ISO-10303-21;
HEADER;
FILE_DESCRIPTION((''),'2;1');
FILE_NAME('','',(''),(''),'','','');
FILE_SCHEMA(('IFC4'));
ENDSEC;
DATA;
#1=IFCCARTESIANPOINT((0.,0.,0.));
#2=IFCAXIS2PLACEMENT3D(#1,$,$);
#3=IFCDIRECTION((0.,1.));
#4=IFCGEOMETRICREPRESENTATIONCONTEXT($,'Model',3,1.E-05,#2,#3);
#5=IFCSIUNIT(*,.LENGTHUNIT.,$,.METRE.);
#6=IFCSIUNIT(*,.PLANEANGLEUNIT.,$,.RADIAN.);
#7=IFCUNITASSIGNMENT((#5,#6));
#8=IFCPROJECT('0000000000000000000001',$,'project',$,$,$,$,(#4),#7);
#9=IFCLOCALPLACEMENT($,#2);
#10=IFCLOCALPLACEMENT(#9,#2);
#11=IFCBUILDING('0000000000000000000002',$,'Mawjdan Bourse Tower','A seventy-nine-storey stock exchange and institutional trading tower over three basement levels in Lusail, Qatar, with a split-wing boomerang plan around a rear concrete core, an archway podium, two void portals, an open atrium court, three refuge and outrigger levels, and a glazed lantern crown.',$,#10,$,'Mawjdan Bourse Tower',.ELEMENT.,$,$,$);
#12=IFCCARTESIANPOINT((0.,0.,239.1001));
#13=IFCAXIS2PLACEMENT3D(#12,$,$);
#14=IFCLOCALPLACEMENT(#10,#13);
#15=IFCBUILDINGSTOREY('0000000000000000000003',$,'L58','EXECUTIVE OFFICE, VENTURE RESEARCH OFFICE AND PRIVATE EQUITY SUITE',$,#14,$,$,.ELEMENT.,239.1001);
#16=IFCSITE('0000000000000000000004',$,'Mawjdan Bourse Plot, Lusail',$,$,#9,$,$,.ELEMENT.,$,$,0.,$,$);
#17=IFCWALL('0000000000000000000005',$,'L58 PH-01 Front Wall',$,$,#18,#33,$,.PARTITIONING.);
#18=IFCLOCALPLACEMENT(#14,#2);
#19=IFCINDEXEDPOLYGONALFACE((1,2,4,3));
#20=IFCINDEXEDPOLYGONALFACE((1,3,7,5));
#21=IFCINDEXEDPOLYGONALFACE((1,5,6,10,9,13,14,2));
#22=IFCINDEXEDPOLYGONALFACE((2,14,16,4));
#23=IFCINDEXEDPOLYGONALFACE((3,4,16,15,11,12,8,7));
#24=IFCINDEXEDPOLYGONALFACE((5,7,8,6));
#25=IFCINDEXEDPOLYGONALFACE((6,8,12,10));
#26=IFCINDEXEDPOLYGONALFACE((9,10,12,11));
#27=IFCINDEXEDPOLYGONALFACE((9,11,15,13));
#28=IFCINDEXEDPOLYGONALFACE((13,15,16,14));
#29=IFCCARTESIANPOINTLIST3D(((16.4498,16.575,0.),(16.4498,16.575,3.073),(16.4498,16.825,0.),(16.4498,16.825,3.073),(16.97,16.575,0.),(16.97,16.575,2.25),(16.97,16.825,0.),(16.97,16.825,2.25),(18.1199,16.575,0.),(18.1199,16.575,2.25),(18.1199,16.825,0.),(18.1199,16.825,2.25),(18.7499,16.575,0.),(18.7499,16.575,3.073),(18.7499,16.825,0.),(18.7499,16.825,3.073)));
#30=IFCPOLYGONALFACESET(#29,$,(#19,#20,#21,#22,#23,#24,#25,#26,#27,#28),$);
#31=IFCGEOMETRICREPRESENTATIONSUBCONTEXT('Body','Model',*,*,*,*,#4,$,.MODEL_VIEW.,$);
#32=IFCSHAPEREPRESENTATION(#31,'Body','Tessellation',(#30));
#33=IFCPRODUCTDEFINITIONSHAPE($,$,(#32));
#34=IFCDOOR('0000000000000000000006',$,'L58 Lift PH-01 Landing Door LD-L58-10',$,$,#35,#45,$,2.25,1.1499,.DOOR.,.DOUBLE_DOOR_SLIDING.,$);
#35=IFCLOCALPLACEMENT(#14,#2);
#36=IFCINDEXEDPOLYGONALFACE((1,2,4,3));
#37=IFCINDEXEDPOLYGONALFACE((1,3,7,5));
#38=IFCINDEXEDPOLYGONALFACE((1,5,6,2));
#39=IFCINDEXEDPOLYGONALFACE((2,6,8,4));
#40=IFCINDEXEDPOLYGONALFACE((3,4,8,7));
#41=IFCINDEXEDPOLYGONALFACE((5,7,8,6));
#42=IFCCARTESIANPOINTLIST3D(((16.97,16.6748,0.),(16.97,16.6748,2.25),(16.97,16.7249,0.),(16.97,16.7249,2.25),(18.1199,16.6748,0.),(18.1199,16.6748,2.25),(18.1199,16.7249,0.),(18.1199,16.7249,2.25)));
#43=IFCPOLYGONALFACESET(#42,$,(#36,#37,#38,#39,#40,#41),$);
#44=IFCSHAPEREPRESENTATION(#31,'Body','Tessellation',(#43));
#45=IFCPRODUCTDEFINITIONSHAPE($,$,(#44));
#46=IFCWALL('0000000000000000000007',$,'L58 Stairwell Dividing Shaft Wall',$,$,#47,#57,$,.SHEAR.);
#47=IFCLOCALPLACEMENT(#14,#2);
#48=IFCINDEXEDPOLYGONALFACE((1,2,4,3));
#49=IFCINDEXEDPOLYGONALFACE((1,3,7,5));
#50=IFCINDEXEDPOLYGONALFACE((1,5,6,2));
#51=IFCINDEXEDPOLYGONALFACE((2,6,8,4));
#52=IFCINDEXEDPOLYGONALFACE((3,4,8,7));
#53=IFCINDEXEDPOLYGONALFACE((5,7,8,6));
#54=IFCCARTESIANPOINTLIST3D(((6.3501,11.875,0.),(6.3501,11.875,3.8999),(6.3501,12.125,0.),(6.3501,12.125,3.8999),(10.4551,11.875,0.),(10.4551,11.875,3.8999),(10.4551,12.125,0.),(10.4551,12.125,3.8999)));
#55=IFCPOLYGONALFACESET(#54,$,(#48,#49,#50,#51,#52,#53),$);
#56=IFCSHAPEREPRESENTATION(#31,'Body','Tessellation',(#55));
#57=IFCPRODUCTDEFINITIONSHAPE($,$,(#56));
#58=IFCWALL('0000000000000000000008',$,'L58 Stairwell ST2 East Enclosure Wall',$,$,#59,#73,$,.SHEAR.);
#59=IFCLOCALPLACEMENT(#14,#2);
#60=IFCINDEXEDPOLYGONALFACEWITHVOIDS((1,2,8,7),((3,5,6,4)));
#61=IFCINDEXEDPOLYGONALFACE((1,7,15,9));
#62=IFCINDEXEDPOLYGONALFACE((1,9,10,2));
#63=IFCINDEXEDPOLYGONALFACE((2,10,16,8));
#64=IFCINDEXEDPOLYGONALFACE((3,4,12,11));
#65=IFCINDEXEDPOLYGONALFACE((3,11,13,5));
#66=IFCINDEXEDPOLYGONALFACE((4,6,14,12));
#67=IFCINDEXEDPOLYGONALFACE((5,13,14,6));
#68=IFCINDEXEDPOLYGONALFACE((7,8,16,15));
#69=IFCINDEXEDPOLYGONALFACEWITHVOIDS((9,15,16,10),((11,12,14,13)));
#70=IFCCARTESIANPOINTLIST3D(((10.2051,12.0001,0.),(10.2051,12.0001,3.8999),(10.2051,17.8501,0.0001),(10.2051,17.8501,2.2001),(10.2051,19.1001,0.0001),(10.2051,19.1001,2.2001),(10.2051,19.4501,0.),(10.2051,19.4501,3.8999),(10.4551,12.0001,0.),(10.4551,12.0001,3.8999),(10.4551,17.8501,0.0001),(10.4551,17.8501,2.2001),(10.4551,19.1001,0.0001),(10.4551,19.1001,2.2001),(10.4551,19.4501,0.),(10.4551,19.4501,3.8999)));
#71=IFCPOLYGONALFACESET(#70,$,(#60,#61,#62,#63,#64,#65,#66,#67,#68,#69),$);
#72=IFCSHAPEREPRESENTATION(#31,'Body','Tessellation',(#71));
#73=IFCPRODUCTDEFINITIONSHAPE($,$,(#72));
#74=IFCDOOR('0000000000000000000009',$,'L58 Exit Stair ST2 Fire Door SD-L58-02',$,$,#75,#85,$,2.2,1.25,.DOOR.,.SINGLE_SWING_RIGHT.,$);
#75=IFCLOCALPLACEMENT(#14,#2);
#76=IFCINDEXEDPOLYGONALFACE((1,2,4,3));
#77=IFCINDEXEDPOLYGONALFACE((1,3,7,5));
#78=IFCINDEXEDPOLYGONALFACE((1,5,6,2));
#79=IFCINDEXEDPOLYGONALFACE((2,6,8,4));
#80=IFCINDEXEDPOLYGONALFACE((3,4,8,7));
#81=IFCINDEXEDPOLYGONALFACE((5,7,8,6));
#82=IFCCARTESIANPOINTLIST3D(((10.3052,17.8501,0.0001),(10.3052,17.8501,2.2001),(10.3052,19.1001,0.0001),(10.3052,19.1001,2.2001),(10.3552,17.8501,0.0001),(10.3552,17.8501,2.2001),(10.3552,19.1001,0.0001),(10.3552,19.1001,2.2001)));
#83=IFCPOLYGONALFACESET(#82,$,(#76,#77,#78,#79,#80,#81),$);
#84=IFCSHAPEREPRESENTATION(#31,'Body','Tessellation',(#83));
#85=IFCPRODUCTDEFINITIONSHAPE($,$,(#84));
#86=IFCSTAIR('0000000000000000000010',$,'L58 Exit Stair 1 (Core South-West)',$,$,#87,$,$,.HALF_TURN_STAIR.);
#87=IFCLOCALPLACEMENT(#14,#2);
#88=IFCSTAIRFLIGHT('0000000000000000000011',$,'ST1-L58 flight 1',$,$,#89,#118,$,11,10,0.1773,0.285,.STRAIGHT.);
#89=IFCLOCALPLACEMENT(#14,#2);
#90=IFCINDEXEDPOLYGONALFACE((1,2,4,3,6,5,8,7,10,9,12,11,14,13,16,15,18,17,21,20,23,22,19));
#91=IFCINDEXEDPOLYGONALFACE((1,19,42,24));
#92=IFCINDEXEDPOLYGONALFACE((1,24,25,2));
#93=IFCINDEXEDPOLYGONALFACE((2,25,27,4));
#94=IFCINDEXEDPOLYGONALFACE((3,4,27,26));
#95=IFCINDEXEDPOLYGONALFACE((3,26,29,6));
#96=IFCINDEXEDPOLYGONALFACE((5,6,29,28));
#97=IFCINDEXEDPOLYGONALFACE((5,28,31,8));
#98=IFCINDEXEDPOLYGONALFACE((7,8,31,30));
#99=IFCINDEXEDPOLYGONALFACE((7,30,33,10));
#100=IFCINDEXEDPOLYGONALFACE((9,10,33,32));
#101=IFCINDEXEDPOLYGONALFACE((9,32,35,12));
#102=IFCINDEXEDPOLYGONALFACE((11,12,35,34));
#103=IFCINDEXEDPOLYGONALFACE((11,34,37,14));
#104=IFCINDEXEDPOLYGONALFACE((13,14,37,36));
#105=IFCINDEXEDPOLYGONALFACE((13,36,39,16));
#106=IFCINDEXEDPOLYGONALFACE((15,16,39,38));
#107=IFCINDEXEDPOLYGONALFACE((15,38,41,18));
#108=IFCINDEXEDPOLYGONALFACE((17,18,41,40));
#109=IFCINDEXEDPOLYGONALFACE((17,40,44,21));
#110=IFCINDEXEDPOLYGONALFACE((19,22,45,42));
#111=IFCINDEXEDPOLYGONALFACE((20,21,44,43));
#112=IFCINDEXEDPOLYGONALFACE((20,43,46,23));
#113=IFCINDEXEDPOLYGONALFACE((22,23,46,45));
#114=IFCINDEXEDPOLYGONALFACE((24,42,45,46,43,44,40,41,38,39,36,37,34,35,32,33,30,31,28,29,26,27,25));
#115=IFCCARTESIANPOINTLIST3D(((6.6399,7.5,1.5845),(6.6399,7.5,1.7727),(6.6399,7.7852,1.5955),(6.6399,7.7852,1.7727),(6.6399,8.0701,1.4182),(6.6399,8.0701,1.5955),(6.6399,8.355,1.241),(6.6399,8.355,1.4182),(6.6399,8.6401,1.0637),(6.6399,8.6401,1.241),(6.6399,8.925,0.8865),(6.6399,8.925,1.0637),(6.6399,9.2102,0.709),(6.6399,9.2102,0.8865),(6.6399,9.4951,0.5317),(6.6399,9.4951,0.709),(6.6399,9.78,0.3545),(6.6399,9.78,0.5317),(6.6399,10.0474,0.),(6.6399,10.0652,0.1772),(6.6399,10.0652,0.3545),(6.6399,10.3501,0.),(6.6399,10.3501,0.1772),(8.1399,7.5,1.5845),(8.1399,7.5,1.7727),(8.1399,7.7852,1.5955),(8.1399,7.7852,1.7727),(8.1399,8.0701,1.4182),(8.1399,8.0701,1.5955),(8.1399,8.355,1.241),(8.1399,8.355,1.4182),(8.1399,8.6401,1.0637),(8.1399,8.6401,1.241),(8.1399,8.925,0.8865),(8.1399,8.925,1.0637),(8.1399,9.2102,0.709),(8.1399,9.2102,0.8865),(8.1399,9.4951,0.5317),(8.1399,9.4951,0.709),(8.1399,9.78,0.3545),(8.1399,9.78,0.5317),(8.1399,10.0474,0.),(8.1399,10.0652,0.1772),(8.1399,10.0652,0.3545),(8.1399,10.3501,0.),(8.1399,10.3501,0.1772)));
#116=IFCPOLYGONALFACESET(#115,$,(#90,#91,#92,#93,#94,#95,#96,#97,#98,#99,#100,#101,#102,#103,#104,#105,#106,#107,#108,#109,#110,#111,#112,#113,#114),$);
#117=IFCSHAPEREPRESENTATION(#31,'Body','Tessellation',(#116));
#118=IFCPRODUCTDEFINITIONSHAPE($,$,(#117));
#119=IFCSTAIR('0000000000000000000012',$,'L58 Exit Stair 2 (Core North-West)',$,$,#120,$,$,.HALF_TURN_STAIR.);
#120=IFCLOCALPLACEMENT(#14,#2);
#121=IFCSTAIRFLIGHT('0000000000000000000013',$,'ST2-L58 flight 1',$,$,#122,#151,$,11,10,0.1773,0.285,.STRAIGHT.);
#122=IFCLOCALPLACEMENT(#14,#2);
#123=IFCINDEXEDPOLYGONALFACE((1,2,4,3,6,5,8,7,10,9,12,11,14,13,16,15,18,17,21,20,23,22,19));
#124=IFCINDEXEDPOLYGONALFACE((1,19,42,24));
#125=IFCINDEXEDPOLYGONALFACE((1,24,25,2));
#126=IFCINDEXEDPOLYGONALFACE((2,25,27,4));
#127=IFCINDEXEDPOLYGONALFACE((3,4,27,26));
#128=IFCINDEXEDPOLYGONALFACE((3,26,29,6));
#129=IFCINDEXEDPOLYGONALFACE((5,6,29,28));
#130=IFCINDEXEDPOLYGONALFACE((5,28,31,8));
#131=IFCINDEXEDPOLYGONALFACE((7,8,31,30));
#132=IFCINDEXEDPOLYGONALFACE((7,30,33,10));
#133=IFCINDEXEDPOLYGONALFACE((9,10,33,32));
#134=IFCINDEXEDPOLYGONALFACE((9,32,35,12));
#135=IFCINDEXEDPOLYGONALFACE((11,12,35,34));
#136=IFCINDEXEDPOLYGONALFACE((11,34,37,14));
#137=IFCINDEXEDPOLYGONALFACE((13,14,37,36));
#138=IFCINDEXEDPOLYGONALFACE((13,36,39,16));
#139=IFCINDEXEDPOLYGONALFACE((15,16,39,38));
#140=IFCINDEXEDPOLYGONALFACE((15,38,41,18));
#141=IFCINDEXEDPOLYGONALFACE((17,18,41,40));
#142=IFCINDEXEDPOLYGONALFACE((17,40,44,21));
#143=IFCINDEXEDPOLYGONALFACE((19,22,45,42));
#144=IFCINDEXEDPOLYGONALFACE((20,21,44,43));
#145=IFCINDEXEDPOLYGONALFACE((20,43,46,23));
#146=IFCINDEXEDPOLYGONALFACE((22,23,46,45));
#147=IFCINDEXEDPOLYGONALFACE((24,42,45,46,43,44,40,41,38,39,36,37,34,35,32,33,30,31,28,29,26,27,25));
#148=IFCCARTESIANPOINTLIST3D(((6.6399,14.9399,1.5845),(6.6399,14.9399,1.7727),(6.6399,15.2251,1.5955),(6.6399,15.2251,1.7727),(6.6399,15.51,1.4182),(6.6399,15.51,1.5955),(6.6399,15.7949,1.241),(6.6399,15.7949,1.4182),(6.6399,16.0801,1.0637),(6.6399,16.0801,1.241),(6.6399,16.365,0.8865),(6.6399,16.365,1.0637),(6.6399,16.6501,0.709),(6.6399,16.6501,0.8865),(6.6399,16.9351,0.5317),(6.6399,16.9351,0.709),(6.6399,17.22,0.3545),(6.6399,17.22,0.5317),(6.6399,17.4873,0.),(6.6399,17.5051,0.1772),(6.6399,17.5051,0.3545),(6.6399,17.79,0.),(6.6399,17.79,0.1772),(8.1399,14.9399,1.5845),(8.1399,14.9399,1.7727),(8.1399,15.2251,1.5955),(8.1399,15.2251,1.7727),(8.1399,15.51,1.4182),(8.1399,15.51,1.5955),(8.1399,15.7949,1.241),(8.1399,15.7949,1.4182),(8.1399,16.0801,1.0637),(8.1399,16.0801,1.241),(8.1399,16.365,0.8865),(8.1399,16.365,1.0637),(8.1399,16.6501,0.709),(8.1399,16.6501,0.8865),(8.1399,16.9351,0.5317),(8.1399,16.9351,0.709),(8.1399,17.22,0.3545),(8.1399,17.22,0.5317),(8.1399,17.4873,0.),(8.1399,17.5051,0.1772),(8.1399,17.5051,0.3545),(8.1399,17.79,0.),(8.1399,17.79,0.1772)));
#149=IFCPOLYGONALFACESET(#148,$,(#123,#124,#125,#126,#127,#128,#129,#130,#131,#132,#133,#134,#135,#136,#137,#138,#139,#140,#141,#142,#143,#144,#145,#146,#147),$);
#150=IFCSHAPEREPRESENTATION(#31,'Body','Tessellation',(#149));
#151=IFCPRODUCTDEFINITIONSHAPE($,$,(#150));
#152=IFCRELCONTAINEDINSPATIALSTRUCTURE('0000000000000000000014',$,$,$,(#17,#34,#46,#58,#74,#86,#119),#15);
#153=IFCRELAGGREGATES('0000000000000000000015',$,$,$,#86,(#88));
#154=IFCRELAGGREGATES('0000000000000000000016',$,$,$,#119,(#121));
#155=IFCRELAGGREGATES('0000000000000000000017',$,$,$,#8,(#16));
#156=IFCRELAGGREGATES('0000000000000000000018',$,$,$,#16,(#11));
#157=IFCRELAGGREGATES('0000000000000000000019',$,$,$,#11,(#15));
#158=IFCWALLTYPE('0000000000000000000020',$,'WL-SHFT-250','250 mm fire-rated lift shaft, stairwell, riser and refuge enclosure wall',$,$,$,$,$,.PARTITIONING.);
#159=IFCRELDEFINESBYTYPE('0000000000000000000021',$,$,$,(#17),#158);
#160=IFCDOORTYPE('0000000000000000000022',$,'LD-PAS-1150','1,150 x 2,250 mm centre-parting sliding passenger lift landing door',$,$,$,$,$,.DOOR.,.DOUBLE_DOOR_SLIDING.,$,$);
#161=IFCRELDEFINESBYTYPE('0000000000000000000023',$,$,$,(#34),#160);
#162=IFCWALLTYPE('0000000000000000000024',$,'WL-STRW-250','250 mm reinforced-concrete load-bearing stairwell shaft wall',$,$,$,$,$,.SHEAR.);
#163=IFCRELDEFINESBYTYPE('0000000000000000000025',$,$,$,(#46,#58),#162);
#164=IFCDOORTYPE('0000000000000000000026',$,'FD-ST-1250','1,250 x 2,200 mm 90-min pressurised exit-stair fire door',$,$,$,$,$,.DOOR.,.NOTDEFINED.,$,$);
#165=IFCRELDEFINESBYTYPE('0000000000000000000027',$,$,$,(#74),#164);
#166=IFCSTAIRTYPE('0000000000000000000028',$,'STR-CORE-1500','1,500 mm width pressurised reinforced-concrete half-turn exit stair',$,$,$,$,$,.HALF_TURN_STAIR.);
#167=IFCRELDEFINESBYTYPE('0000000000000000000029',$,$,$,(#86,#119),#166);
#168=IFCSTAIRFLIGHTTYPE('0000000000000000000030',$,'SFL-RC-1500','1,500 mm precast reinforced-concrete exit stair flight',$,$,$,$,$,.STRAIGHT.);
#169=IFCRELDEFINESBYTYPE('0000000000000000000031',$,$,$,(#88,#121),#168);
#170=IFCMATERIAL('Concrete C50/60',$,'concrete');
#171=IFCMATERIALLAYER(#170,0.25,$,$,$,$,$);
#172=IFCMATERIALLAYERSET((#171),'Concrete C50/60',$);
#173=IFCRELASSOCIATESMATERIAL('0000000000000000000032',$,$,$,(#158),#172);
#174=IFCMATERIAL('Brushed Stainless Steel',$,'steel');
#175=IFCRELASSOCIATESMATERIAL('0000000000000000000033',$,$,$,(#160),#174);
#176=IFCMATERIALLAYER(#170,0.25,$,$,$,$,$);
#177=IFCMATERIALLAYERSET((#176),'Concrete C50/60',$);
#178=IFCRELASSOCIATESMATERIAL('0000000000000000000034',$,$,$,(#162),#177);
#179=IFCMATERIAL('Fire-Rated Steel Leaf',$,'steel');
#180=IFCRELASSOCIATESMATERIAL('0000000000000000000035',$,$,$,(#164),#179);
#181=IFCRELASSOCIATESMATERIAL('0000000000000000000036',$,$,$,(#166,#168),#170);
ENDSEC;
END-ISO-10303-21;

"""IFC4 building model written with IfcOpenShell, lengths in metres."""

from ifc_helpers import new_model, si_unit, direction, frame, frame_2d, origin, place, context, subcontext, project, spatial, polyline, rectangle, outline, extrude, material, layer, layer_set, type_object, element, fill, aggregate, save


model = new_model("IFC4")

# Units and contexts
model_context = context("Model", 3, precision=1e-05, world=origin(), true_north=direction((0.0, 1.0)))
body_context = subcontext(model_context, "Body", "Model", "MODEL_VIEW")
ifc_project = project(units=[si_unit("LENGTHUNIT", "METRE"), si_unit("PLANEANGLEUNIT", "RADIAN")], contexts=[model_context])

# Site, building, storey
site_placement = place(None, origin())
site = spatial("IfcSite", under=ifc_project, at=site_placement, Name="Mawjdan Bourse Plot, Lusail", CompositionType="ELEMENT", RefElevation=0.0)
building_placement = place(site_placement, origin())
building = spatial("IfcBuilding", under=site, at=building_placement, Name="Mawjdan Bourse Tower", Description="A seventy-nine-storey stock exchange and institutional trading tower over three basement levels in Lusail, Qatar, with a split-wing boomerang plan around a rear concrete core, an archway podium, two void portals, an open atrium court, three refuge and outrigger levels, and a glazed lantern crown.", LongName="Mawjdan Bourse Tower", CompositionType="ELEMENT")
storey_placement = place(building_placement, frame((0.0, 0.0, 239.1001)))
storey = spatial("IfcBuildingStorey", under=building, at=storey_placement, Name="L58", Description="EXECUTIVE OFFICE, VENTURE RESEARCH OFFICE AND PRIVATE EQUITY SUITE", CompositionType="ELEMENT", Elevation=239.1001)

# Shared definitions
ifc_material_1 = material(Name="Concrete C50/60", Category="concrete")
ifc_layer_1 = layer(ifc_material_1, 0.25)
ifc_layer_set_1 = layer_set([ifc_layer_1], Name="Concrete C50/60")
wall_type_1 = type_object("IfcWallType", Name="WL-SHFT-250", Description="250 mm fire-rated lift shaft, stairwell, riser and refuge enclosure wall", PredefinedType="PARTITIONING", material=ifc_layer_set_1)
ifc_material_2 = material(Name="Brushed Stainless Steel", Category="steel")

# Wall, opening, door
wall_1_placement = place(storey_placement, frame((16.45, 16.7, 0.0), z_axis=(0.0, 0.0, 1.0), x_axis=(1.0, 0.0, 0.0)))
wall_1 = element("IfcWall", 1, at=wall_1_placement, inside=storey, type_object=wall_type_1, Name="L58 PH-01 Front Wall", PredefinedType="PARTITIONING", context=body_context, shape_type="SweptSolid", body=[
    extrude(rectangle(XDim=2.3, YDim=0.25, at=frame_2d((1.1499, 0.0))), origin(), (0.0, 0.0, 1.0), 3.073),
])
opening_1_placement = place(wall_1_placement, frame((0.52, 0.0, 0.0)))
opening_1 = element("IfcOpeningElement", 2, at=opening_1_placement, cuts=wall_1, PredefinedType="OPENING", context=body_context, shape_type="SweptSolid", body=[
    extrude(rectangle(XDim=1.1499, YDim=2.25, at=frame_2d((0.575, 1.125))), frame((0.0, 0.135, 0.0), z_axis=(0.0, -1.0, 0.0), x_axis=(1.0, 0.0, 0.0)), (0.0, 0.0, 1.0), 0.27),
])
door_type_1 = type_object("IfcDoorType", Name="LD-PAS-1150", Description="1,150 x 2,250 mm centre-parting sliding passenger lift landing door", OperationType="DOUBLE_DOOR_SLIDING", PredefinedType="DOOR", material=ifc_material_2)
door_1_placement = place(opening_1_placement, origin())
door_1 = element("IfcDoor", 3, at=door_1_placement, inside=storey, type_object=door_type_1, Name="L58 Lift PH-01 Landing Door LD-L58-10", OperationType="DOUBLE_DOOR_SLIDING", OverallHeight=2.25, OverallWidth=1.1499, PredefinedType="DOOR", context=body_context, shape_type="SweptSolid", body=[
    extrude(rectangle(XDim=1.1499, YDim=2.25, at=frame_2d((0.575, 1.125))), frame((0.0, 0.0249, 0.0), z_axis=(0.0, -1.0, 0.0), x_axis=(1.0, 0.0, 0.0)), (0.0, 0.0, 1.0), 0.05),
])
fill(opening_1, door_1)

# Wall
ifc_layer_2 = layer(ifc_material_1, 0.25)
ifc_layer_set_2 = layer_set([ifc_layer_2], Name="Concrete C50/60")
wall_type_2 = type_object("IfcWallType", Name="WL-STRW-250", Description="250 mm reinforced-concrete load-bearing stairwell shaft wall", PredefinedType="SHEAR", material=ifc_layer_set_2)
wall_2_placement = place(storey_placement, frame((6.3501, 12.0, 0.0), z_axis=(0.0, 0.0, 1.0), x_axis=(1.0, 0.0, 0.0)))
element("IfcWall", 4, at=wall_2_placement, inside=storey, type_object=wall_type_2, Name="L58 Stairwell Dividing Shaft Wall", PredefinedType="SHEAR", context=body_context, shape_type="SweptSolid", body=[
    extrude(rectangle(XDim=4.105, YDim=0.25, at=frame_2d((2.0525, 0.0))), origin(), (0.0, 0.0, 1.0), 3.8999),
])

# Wall, opening, door
wall_3_placement = place(storey_placement, frame((10.3301, 12.0, 0.0), z_axis=(0.0, 0.0, 1.0), x_axis=(0.0, 1.0, 0.0)))
wall_3 = element("IfcWall", 5, at=wall_3_placement, inside=storey, type_object=wall_type_2, Name="L58 Stairwell ST2 East Enclosure Wall", PredefinedType="SHEAR", context=body_context, shape_type="SweptSolid", body=[
    extrude(rectangle(XDim=7.45, YDim=0.25, at=frame_2d((3.7251, 0.0))), origin(), (0.0, 0.0, 1.0), 3.8999),
])
opening_2_placement = place(wall_3_placement, frame((5.8501, 0.0, 0.0)))
opening_2 = element("IfcOpeningElement", 6, at=opening_2_placement, cuts=wall_3, PredefinedType="OPENING", context=body_context, shape_type="SweptSolid", body=[
    extrude(rectangle(XDim=1.25, YDim=2.2, at=frame_2d((0.625, 1.1001))), frame((0.0, 0.135, 0.0), z_axis=(0.0, -1.0, 0.0), x_axis=(1.0, 0.0, 0.0)), (0.0, 0.0, 1.0), 0.27),
])
ifc_material_3 = material(Name="Fire-Rated Steel Leaf", Category="steel")
door_type_2 = type_object("IfcDoorType", Name="FD-ST-1250", Description="1,250 x 2,200 mm 90-min pressurised exit-stair fire door", OperationType="NOTDEFINED", PredefinedType="DOOR", material=ifc_material_3)
door_2_placement = place(opening_2_placement, origin())
door_2 = element("IfcDoor", 7, at=door_2_placement, inside=storey, type_object=door_type_2, Name="L58 Exit Stair ST2 Fire Door SD-L58-02", OperationType="SINGLE_SWING_RIGHT", OverallHeight=2.2, OverallWidth=1.25, PredefinedType="DOOR", context=body_context, shape_type="SweptSolid", body=[
    extrude(rectangle(XDim=1.25, YDim=2.2, at=frame_2d((0.625, 1.1001))), frame((0.0, 0.0249, 0.0), z_axis=(0.0, -1.0, 0.0), x_axis=(1.0, 0.0, 0.0)), (0.0, 0.0, 1.0), 0.05),
])
fill(opening_2, door_2)

# Stair, stair flight
stair_type = type_object("IfcStairType", Name="STR-CORE-1500", Description="1,500 mm width pressurised reinforced-concrete half-turn exit stair", PredefinedType="HALF_TURN_STAIR", material=ifc_material_1)
stair_1_placement = place(storey_placement, origin())
stair_1 = element("IfcStair", 8, at=stair_1_placement, inside=storey, type_object=stair_type, Name="L58 Exit Stair 1 (Core South-West)", PredefinedType="HALF_TURN_STAIR")
stair_flight_type = type_object("IfcStairFlightType", Name="SFL-RC-1500", Description="1,500 mm precast reinforced-concrete exit stair flight", PredefinedType="STRAIGHT", material=ifc_material_1)
stair_flight_1_placement = place(storey_placement, frame((7.3899, 10.3501, 0.0), z_axis=(0.0, 0.0, 1.0), x_axis=(0.0, -1.0, 0.0)))
stair_flight_1 = element("IfcStairFlight", 9, at=stair_flight_1_placement, type_object=stair_flight_type, Name="ST1-L58 flight 1", NumberOfRisers=11, NumberOfTreads=10, PredefinedType="STRAIGHT", RiserHeight=0.1773, TreadLength=0.285, context=body_context, shape_type="SweptSolid", body=[
    extrude(outline(polyline([(0.0, 0.0), (0.0, 0.1772), (0.2849, 0.1772), (0.2849, 0.3545), (0.5701, 0.3545), (0.5701, 0.5317), (0.855, 0.5317), (0.855, 0.709), (1.1399, 0.709), (1.1399, 0.8865), (1.425, 0.8865), (1.425, 1.0637), (1.71, 1.0637), (1.71, 1.241), (1.9951, 1.241), (1.9951, 1.4182), (2.28, 1.4182), (2.28, 1.5955), (2.5649, 1.5955), (2.5649, 1.7727), (2.8501, 1.7727), (2.8501, 1.95), (2.8501, 1.5845), (0.3027, 0.0), (0.0, 0.0)])), frame((0.0, 0.75, 0.0), z_axis=(0.0, -1.0, 0.0), x_axis=(1.0, 0.0, 0.0)), (0.0, 0.0, 1.0), 1.5),
])
aggregate(stair_1, [stair_flight_1])

# Stair, stair flight
stair_2_placement = place(storey_placement, origin())
stair_2 = element("IfcStair", 10, at=stair_2_placement, inside=storey, type_object=stair_type, Name="L58 Exit Stair 2 (Core North-West)", PredefinedType="HALF_TURN_STAIR")
stair_flight_2_placement = place(storey_placement, frame((7.3899, 17.79, 0.0), z_axis=(0.0, 0.0, 1.0), x_axis=(0.0, -1.0, 0.0)))
stair_flight_2 = element("IfcStairFlight", 11, at=stair_flight_2_placement, type_object=stair_flight_type, Name="ST2-L58 flight 1", NumberOfRisers=11, NumberOfTreads=10, PredefinedType="STRAIGHT", RiserHeight=0.1773, TreadLength=0.285, context=body_context, shape_type="SweptSolid", body=[
    extrude(outline(polyline([(0.0, 0.0), (0.0, 0.1772), (0.2849, 0.1772), (0.2849, 0.3545), (0.5701, 0.3545), (0.5701, 0.5317), (0.855, 0.5317), (0.855, 0.709), (1.1399, 0.709), (1.1399, 0.8865), (1.425, 0.8865), (1.425, 1.0637), (1.71, 1.0637), (1.71, 1.241), (1.9951, 1.241), (1.9951, 1.4182), (2.28, 1.4182), (2.28, 1.5955), (2.5649, 1.5955), (2.5649, 1.7727), (2.8501, 1.7727), (2.8501, 1.95), (2.8501, 1.5845), (0.3027, 0.0), (0.0, 0.0)])), frame((0.0, 0.75, 0.0), z_axis=(0.0, -1.0, 0.0), x_axis=(1.0, 0.0, 0.0)), (0.0, 0.0, 1.0), 1.5),
])
aggregate(stair_2, [stair_flight_2])

save(model, "model.ifc")
